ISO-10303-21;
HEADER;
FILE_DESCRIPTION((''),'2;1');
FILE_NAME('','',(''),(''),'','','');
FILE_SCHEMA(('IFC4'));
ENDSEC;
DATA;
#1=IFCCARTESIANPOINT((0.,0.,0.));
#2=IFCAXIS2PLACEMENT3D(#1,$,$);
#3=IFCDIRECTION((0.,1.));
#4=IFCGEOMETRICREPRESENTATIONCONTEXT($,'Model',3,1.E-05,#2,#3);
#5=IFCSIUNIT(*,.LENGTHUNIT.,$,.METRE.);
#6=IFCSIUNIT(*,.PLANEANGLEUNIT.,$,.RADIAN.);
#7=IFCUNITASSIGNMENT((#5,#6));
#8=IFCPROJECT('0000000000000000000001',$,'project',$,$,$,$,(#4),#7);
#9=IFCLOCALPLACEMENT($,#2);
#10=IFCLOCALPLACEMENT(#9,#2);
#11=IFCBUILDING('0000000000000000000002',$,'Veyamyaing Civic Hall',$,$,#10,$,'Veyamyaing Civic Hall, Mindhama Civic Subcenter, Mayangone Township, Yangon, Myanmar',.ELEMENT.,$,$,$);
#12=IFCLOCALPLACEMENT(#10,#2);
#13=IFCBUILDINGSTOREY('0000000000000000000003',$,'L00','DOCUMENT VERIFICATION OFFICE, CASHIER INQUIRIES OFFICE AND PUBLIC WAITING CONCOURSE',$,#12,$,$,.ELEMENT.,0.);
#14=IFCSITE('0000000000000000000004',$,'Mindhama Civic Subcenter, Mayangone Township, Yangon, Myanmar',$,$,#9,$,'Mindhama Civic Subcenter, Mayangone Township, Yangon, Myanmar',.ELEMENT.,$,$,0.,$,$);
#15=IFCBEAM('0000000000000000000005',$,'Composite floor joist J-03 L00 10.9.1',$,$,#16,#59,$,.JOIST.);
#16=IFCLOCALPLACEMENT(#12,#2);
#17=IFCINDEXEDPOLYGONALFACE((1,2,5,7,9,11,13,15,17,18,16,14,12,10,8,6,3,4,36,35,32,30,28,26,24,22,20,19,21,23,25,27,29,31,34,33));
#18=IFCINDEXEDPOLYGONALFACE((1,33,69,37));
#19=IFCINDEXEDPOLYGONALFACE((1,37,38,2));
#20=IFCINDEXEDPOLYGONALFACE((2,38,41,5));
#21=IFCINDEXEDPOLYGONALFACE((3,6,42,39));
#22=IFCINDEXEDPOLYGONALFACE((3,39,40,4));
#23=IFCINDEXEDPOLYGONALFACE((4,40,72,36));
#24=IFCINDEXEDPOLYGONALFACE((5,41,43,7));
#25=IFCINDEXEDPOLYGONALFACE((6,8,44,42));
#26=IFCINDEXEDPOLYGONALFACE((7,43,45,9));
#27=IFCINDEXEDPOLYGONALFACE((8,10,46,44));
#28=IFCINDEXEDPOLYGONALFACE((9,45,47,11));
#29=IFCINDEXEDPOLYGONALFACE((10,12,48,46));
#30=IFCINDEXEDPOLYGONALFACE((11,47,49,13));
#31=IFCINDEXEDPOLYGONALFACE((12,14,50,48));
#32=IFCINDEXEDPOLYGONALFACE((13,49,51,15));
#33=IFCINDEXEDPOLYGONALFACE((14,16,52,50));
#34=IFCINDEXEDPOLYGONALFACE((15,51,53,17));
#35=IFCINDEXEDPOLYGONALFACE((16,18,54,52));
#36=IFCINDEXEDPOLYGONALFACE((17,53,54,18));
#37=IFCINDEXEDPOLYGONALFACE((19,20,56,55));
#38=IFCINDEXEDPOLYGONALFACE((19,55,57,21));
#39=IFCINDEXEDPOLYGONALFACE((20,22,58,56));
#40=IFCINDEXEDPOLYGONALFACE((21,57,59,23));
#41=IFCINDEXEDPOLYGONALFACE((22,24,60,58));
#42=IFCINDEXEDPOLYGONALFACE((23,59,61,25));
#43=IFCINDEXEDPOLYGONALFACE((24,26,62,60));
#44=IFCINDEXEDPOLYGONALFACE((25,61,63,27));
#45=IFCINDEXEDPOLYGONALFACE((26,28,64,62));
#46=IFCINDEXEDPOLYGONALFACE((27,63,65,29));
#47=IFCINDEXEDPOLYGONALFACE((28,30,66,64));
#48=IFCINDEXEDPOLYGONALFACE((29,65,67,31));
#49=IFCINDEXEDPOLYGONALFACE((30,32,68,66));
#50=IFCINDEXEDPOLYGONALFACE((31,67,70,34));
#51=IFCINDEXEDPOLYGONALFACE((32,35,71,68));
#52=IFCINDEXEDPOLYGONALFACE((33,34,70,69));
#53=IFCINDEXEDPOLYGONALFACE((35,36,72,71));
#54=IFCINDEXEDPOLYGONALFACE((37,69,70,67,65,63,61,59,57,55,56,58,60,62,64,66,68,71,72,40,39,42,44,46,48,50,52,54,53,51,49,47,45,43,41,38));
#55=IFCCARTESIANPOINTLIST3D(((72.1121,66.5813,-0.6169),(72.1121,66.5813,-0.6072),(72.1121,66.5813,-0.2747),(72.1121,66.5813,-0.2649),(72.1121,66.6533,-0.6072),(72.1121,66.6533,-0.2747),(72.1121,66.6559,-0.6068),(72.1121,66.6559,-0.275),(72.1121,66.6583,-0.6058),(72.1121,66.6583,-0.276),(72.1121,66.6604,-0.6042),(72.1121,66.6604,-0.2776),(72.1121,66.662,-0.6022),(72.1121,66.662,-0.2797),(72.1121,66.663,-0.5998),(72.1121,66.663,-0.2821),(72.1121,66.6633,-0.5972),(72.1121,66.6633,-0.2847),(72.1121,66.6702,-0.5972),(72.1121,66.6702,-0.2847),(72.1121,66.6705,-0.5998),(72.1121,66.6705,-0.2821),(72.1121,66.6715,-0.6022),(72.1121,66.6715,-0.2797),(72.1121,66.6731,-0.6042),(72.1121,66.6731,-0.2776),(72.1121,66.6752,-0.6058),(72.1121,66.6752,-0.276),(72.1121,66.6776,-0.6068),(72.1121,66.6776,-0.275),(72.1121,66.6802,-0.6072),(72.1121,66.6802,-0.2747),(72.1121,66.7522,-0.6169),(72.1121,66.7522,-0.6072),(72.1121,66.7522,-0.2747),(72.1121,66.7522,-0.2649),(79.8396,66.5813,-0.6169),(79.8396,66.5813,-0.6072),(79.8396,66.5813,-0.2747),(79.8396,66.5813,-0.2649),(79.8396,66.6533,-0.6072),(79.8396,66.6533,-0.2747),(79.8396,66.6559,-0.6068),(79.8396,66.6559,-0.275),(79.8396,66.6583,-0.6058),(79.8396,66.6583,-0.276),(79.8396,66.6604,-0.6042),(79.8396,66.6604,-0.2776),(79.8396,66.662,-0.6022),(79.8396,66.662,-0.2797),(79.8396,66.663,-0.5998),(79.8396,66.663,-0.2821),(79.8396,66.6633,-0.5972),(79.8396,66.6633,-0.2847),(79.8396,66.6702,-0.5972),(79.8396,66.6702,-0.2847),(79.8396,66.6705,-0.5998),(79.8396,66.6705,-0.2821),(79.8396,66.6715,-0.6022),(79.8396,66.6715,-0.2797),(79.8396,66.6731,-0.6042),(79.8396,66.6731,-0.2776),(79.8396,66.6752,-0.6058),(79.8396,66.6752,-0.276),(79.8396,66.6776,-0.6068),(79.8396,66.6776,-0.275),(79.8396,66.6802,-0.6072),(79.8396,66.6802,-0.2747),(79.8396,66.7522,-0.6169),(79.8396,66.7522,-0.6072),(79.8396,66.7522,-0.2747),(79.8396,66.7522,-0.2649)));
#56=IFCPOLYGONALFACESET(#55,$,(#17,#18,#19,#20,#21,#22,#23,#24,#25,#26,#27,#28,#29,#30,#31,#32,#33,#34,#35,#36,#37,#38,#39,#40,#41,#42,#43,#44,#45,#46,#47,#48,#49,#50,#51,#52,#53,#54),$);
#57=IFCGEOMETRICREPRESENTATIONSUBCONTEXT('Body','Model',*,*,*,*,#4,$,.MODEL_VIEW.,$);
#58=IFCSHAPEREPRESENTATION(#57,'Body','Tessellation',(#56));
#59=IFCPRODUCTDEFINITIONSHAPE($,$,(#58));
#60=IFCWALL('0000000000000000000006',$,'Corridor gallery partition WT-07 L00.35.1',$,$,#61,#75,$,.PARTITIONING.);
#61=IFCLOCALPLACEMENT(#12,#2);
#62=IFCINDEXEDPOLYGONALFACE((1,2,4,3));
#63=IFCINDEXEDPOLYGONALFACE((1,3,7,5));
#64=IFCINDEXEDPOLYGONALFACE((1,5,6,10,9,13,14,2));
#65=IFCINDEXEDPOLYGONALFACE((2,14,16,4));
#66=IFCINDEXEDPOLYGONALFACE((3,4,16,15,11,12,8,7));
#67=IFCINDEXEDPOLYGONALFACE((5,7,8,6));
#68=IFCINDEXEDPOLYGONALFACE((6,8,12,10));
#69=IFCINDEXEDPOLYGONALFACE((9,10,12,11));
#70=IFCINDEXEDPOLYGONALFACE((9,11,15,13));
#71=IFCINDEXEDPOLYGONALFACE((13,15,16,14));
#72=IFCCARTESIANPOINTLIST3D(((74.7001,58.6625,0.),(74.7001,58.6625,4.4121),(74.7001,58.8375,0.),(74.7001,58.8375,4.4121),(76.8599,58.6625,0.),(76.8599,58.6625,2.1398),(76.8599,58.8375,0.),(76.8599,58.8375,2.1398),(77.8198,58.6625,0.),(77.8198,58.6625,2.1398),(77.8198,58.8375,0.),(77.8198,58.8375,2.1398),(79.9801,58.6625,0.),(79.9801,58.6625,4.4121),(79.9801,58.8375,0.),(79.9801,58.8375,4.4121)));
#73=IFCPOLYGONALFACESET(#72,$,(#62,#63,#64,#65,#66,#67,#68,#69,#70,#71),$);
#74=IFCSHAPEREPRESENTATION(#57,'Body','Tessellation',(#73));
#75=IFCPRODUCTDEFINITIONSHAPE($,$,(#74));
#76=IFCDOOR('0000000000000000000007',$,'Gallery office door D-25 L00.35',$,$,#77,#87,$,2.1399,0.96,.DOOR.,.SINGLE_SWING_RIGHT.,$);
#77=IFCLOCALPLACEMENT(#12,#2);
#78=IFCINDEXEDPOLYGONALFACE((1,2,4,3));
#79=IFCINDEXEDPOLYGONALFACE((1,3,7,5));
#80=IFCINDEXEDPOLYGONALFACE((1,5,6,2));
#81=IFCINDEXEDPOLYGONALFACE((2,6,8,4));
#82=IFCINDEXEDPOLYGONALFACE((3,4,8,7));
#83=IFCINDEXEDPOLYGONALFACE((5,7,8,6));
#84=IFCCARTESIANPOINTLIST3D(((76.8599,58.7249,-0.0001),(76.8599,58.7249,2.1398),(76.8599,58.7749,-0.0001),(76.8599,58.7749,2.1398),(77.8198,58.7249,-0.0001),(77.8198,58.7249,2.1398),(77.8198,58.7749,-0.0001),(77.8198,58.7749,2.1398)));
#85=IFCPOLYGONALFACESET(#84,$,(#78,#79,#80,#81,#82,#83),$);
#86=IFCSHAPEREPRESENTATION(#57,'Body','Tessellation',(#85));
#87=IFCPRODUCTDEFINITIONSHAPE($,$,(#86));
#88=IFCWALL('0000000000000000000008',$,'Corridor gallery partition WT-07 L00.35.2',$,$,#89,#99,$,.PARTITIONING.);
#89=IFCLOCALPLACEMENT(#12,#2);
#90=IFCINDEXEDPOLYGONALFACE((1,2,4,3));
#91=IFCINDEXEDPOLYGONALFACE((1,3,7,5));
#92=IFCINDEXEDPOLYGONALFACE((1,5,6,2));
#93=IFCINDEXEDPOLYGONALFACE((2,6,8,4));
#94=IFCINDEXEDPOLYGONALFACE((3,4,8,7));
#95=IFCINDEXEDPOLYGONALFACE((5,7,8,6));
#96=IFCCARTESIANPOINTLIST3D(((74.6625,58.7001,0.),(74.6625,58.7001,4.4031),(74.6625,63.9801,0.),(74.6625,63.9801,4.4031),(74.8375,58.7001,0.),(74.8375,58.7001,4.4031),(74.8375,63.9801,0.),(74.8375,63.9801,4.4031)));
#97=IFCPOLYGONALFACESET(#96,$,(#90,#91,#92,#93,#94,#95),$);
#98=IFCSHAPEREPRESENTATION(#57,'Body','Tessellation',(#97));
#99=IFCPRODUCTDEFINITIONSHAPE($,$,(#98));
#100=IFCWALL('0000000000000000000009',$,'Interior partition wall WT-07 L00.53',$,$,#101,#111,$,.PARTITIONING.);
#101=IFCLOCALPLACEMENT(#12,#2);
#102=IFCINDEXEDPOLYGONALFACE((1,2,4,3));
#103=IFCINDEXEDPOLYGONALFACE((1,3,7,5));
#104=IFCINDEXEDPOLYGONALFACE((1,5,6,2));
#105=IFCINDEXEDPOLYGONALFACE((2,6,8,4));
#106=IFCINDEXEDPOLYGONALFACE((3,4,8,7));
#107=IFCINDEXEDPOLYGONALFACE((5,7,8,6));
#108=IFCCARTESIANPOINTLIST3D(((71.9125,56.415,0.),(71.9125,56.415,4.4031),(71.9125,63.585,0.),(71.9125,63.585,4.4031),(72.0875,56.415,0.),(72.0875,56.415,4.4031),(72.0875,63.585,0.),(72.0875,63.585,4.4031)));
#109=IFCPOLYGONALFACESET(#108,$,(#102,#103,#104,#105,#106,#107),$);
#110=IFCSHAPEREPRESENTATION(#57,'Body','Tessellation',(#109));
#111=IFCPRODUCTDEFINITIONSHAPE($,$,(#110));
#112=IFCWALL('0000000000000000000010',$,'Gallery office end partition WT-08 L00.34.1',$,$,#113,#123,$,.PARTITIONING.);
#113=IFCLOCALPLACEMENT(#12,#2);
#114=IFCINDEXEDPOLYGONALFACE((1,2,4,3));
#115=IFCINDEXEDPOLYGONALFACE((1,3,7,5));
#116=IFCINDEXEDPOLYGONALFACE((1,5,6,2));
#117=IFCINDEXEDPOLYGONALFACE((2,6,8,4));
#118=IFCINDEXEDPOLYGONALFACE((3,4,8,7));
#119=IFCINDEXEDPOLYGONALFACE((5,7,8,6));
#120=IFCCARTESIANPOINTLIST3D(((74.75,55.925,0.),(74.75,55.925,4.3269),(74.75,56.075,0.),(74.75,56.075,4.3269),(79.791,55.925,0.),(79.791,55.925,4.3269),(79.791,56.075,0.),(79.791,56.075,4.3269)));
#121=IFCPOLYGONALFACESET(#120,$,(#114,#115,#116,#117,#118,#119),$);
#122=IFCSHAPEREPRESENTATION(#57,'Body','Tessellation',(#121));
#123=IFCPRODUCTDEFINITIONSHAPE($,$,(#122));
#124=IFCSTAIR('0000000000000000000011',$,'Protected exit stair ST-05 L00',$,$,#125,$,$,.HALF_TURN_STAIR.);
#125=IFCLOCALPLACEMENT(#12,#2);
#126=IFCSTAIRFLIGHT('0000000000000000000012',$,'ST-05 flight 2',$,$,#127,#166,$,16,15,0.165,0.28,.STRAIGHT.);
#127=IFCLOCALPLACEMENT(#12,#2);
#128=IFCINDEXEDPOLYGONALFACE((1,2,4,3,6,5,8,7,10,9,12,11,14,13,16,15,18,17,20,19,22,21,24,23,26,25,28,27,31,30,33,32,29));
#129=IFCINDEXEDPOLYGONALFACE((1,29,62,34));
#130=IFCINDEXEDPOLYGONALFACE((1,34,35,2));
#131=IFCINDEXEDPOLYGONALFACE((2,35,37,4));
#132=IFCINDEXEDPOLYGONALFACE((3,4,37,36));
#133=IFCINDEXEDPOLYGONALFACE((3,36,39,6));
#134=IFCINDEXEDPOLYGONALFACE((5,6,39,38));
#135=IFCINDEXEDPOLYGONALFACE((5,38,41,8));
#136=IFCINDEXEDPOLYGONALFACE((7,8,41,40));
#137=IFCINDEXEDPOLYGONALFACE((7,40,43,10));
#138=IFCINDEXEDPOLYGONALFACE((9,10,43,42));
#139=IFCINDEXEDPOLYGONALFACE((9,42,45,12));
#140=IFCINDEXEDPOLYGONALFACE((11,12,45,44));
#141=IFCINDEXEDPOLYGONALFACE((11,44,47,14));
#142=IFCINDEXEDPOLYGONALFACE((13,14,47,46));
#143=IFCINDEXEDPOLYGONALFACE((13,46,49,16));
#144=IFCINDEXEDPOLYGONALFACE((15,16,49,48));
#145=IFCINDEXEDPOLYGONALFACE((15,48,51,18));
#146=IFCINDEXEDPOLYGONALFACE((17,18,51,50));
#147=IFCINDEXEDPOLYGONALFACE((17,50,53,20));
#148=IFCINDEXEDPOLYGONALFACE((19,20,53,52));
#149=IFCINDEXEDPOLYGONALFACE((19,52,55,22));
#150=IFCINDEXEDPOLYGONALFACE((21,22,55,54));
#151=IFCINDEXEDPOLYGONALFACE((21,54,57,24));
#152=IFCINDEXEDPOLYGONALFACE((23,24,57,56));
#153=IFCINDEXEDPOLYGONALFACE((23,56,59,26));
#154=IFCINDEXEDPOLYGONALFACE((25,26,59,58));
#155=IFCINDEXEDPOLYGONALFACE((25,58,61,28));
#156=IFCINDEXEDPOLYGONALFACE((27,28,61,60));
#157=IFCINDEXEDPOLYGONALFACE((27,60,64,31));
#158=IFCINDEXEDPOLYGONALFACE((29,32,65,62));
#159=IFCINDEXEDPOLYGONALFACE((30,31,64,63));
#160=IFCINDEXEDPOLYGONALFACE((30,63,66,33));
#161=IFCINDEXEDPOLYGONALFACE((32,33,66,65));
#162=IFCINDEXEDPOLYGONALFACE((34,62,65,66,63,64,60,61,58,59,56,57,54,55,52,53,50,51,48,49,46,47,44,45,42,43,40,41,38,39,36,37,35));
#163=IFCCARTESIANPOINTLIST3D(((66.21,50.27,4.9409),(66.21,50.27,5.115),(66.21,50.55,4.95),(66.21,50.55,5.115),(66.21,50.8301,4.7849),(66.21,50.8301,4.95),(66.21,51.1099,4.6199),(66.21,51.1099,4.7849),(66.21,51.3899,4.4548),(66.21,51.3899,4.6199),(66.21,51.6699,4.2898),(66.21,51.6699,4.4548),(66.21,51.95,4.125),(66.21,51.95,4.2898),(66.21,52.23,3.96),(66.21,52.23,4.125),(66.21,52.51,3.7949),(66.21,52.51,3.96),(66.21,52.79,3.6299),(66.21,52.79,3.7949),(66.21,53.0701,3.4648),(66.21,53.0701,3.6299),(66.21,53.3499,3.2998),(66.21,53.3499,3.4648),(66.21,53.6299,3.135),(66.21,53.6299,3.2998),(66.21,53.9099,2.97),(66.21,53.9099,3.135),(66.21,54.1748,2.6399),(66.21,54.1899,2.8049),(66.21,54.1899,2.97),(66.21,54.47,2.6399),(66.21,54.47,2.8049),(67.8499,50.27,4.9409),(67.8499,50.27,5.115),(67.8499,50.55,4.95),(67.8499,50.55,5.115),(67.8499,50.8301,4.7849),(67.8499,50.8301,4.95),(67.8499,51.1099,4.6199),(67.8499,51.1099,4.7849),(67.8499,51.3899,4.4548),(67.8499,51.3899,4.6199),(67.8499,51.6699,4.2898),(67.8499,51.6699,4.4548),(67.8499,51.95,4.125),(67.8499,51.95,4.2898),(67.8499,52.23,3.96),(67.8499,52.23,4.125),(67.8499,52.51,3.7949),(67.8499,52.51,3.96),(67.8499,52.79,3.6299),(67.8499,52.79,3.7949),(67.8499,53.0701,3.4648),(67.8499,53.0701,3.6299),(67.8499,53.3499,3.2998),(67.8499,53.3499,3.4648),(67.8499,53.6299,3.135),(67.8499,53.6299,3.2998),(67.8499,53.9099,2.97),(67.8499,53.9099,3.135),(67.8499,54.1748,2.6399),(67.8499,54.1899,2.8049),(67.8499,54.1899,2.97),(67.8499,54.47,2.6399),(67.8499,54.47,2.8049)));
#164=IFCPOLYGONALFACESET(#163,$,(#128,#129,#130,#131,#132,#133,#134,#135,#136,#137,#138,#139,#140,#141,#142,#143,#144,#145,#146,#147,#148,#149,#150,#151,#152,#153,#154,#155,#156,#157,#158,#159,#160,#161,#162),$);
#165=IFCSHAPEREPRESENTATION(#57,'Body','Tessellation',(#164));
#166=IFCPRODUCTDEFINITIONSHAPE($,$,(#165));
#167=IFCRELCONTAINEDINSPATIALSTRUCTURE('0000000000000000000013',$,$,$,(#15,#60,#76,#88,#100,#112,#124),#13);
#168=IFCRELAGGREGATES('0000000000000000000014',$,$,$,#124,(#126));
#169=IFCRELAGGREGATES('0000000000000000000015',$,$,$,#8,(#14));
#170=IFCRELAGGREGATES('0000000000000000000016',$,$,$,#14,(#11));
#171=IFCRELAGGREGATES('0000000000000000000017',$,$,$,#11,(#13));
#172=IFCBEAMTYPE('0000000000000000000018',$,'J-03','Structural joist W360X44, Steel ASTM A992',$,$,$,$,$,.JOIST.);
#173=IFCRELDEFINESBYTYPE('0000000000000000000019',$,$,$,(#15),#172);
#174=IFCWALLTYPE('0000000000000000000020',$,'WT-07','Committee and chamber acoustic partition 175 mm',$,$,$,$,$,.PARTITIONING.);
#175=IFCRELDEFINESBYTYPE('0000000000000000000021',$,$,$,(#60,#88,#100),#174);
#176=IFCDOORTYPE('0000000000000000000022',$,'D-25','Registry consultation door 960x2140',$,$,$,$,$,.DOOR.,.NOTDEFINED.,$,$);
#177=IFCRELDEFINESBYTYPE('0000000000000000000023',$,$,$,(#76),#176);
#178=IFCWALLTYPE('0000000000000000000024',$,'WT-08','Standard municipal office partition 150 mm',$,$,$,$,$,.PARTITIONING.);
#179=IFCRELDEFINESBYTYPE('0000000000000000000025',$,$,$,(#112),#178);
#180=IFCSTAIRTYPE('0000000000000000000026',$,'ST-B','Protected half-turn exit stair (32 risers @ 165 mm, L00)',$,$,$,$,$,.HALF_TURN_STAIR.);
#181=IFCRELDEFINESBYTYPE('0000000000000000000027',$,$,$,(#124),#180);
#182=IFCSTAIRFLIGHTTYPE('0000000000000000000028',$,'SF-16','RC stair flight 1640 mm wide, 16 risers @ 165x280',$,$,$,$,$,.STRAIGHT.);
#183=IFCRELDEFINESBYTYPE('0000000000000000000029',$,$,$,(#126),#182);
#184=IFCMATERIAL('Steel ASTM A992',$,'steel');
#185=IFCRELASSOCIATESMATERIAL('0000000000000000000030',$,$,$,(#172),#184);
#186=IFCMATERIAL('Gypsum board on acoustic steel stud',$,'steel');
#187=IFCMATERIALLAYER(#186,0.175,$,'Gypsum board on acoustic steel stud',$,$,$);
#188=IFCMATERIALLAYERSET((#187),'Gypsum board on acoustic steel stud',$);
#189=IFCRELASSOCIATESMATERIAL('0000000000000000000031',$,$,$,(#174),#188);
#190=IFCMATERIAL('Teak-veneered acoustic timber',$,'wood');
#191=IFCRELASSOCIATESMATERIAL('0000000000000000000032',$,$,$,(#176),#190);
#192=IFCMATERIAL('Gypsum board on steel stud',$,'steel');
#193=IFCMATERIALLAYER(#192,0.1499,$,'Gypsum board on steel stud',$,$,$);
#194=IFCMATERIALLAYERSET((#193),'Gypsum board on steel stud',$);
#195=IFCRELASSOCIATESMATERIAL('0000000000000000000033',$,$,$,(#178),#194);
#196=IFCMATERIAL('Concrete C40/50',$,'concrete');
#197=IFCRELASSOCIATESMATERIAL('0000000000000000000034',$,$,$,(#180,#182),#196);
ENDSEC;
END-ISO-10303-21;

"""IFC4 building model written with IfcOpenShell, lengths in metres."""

from ifc_helpers import new_model, si_unit, direction, frame, frame_2d, origin, origin_2d, place, context, subcontext, project, spatial, polyline, rectangle, i_section, outline, extrude, material, layer, layer_set, material_profile, profile_set, type_object, element, fill, aggregate, save


model = new_model("IFC4")

# Units and contexts
model_context = context("Model", 3, precision=1e-05, world=origin(), true_north=direction((0.0, 1.0)))
body_context = subcontext(model_context, "Body", "Model", "MODEL_VIEW")
ifc_project = project(units=[si_unit("LENGTHUNIT", "METRE"), si_unit("PLANEANGLEUNIT", "RADIAN")], contexts=[model_context])

# Site, building, storey
site_placement = place(None, origin())
site = spatial("IfcSite", under=ifc_project, at=site_placement, Name="Mindhama Civic Subcenter, Mayangone Township, Yangon, Myanmar", LongName="Mindhama Civic Subcenter, Mayangone Township, Yangon, Myanmar", CompositionType="ELEMENT", RefElevation=0.0)
building_placement = place(site_placement, origin())
building = spatial("IfcBuilding", under=site, at=building_placement, Name="Veyamyaing Civic Hall", LongName="Veyamyaing Civic Hall, Mindhama Civic Subcenter, Mayangone Township, Yangon, Myanmar", CompositionType="ELEMENT")
storey_placement = place(building_placement, origin())
storey = spatial("IfcBuildingStorey", under=building, at=storey_placement, Name="L00", Description="DOCUMENT VERIFICATION OFFICE, CASHIER INQUIRIES OFFICE AND PUBLIC WAITING CONCOURSE", CompositionType="ELEMENT", Elevation=0.0)

# Beam
ifc_material_1 = material(Name="Steel ASTM A992", Category="steel")
ifc_material_profile_1 = material_profile(ifc_material_1, i_section(OverallWidth=0.1709, OverallDepth=0.3521, WebThickness=0.0068, FlangeThickness=0.0098, FilletRadius=0.01, at=origin_2d()), Name="W360X44")
ifc_profile_set_1 = profile_set([ifc_material_profile_1], Name="Steel ASTM A992")
beam_type_1 = type_object("IfcBeamType", Name="J-03", Description="Structural joist W360X44, Steel ASTM A992", PredefinedType="JOIST", material=ifc_profile_set_1)
beam_1_placement = place(storey_placement, frame((72.1121, 66.6667, -0.4409), z_axis=(1.0, 0.0, 0.0), x_axis=(0.0, 1.0, 0.0)))
element("IfcBeam", 1, at=beam_1_placement, inside=storey, type_object=beam_type_1, Name="Composite floor joist J-03 L00 10.9.1", PredefinedType="JOIST", context=body_context, shape_type="SweptSolid", body=[
    extrude(i_section(OverallWidth=0.1709, OverallDepth=0.3521, WebThickness=0.0068, FlangeThickness=0.0098, FilletRadius=0.01, at=origin_2d()), origin(), (0.0, 0.0, 1.0), 7.7275),
])

# Wall, opening, door
ifc_material_2 = material(Name="Gypsum board on acoustic steel stud", Category="steel")
ifc_layer_1 = layer(ifc_material_2, 0.175, Name="Gypsum board on acoustic steel stud")
ifc_layer_set_1 = layer_set([ifc_layer_1], Name="Gypsum board on acoustic steel stud")
wall_type_1 = type_object("IfcWallType", Name="WT-07", Description="Committee and chamber acoustic partition 175 mm", PredefinedType="PARTITIONING", material=ifc_layer_set_1)
wall_1_placement = place(storey_placement, frame((74.7, 58.75, 0.0), z_axis=(0.0, 0.0, 1.0), x_axis=(1.0, 0.0, 0.0)))
wall_1 = element("IfcWall", 2, at=wall_1_placement, inside=storey, type_object=wall_type_1, Name="Corridor gallery partition WT-07 L00.35.1", PredefinedType="PARTITIONING", context=body_context, shape_type="SweptSolid", body=[
    extrude(rectangle(XDim=5.28, YDim=0.175, at=frame_2d((2.6401, 0.0))), origin(), (0.0, 0.0, 1.0), 4.4121),
])
opening_placement = place(wall_1_placement, frame((2.1599, 0.0, 0.0)))
opening = element("IfcOpeningElement", 3, at=opening_placement, cuts=wall_1, PredefinedType="OPENING", context=body_context, shape_type="SweptSolid", body=[
    extrude(rectangle(XDim=0.96, YDim=2.1399, at=frame_2d((0.48, 1.0698))), frame((0.0, 0.0974, 0.0), z_axis=(0.0, -1.0, 0.0), x_axis=(1.0, 0.0, 0.0)), (0.0, 0.0, 1.0), 0.1951),
])
ifc_material_3 = material(Name="Teak-veneered acoustic timber", Category="wood")
door_type = type_object("IfcDoorType", Name="D-25", Description="Registry consultation door 960x2140", OperationType="NOTDEFINED", PredefinedType="DOOR", material=ifc_material_3)
door_placement = place(opening_placement, origin())
door = element("IfcDoor", 4, at=door_placement, inside=storey, type_object=door_type, Name="Gallery office door D-25 L00.35", OperationType="SINGLE_SWING_RIGHT", OverallHeight=2.1399, OverallWidth=0.96, PredefinedType="DOOR", context=body_context, shape_type="SweptSolid", body=[
    extrude(rectangle(XDim=0.96, YDim=2.1399, at=frame_2d((0.48, 1.0698))), frame((0.0, 0.0249, 0.0), z_axis=(0.0, -1.0, 0.0), x_axis=(1.0, 0.0, 0.0)), (0.0, 0.0, 1.0), 0.05),
])
fill(opening, door)

# Walls
wall_2_placement = place(storey_placement, frame((74.75, 58.7, 0.0), z_axis=(0.0, 0.0, 1.0), x_axis=(0.0, 1.0, 0.0)))
element("IfcWall", 5, at=wall_2_placement, inside=storey, type_object=wall_type_1, Name="Corridor gallery partition WT-07 L00.35.2", PredefinedType="PARTITIONING", context=body_context, shape_type="SweptSolid", body=[
    extrude(rectangle(XDim=5.28, YDim=0.175, at=frame_2d((2.6401, 0.0))), origin(), (0.0, 0.0, 1.0), 4.4031),
])
wall_3_placement = place(storey_placement, frame((72.0, 56.415, 0.0), z_axis=(0.0, 0.0, 1.0), x_axis=(0.0, 1.0, 0.0)))
element("IfcWall", 6, at=wall_3_placement, inside=storey, type_object=wall_type_1, Name="Interior partition wall WT-07 L00.53", PredefinedType="PARTITIONING", context=body_context, shape_type="SweptSolid", body=[
    extrude(rectangle(XDim=7.1699, YDim=0.175, at=frame_2d((3.585, 0.0))), origin(), (0.0, 0.0, 1.0), 4.4031),
])
ifc_material_4 = material(Name="Gypsum board on steel stud", Category="steel")
ifc_layer_2 = layer(ifc_material_4, 0.1499, Name="Gypsum board on steel stud")
ifc_layer_set_2 = layer_set([ifc_layer_2], Name="Gypsum board on steel stud")
wall_type_2 = type_object("IfcWallType", Name="WT-08", Description="Standard municipal office partition 150 mm", PredefinedType="PARTITIONING", material=ifc_layer_set_2)
wall_4_placement = place(storey_placement, frame((74.75, 56.0, 0.0), z_axis=(0.0, 0.0, 1.0), x_axis=(1.0, 0.0, 0.0)))
element("IfcWall", 7, at=wall_4_placement, inside=storey, type_object=wall_type_2, Name="Gallery office end partition WT-08 L00.34.1", PredefinedType="PARTITIONING", context=body_context, shape_type="SweptSolid", body=[
    extrude(rectangle(XDim=5.041, YDim=0.1499, at=frame_2d((2.5205, 0.0))), origin(), (0.0, 0.0, 1.0), 4.3269),
])

# Stair, stair flight
ifc_material_5 = material(Name="Concrete C40/50", Category="concrete")
stair_type = type_object("IfcStairType", Name="ST-B", Description="Protected half-turn exit stair (32 risers @ 165 mm, L00)", PredefinedType="HALF_TURN_STAIR", material=ifc_material_5)
stair_placement = place(storey_placement, origin())
stair = element("IfcStair", 8, at=stair_placement, inside=storey, type_object=stair_type, Name="Protected exit stair ST-05 L00", PredefinedType="HALF_TURN_STAIR")
stair_flight_type = type_object("IfcStairFlightType", Name="SF-16", Description="RC stair flight 1640 mm wide, 16 risers @ 165x280", PredefinedType="STRAIGHT", material=ifc_material_5)
stair_flight_placement = place(storey_placement, frame((67.03, 54.47, 2.6399), z_axis=(0.0, 0.0, 1.0), x_axis=(0.0, -1.0, 0.0)))
stair_flight = element("IfcStairFlight", 9, at=stair_flight_placement, type_object=stair_flight_type, Name="ST-05 flight 2", NumberOfRisers=16, NumberOfTreads=15, PredefinedType="STRAIGHT", RiserHeight=0.165, TreadLength=0.28, context=body_context, shape_type="SweptSolid", body=[
    extrude(outline(polyline([(0.0, 0.0), (0.0, 0.165), (0.28, 0.165), (0.28, 0.3301), (0.5601, 0.3301), (0.5601, 0.4951), (0.8401, 0.4951), (0.8401, 0.6599), (1.1201, 0.6599), (1.1201, 0.825), (1.3999, 0.825), (1.3999, 0.99), (1.6799, 0.99), (1.6799, 1.155), (1.96, 1.155), (1.96, 1.3201), (2.24, 1.3201), (2.24, 1.4851), (2.52, 1.4851), (2.52, 1.6499), (2.8, 1.6499), (2.8, 1.8149), (3.0801, 1.8149), (3.0801, 1.98), (3.3601, 1.98), (3.3601, 2.145), (3.6399, 2.145), (3.6399, 2.3101), (3.9199, 2.3101), (3.9199, 2.4751), (4.2, 2.4751), (4.2, 2.6399), (4.2, 2.301), (0.2952, 0.0), (0.0, 0.0)])), frame((0.0, 0.8198, 0.0), z_axis=(0.0, -1.0, 0.0), x_axis=(1.0, 0.0, 0.0)), (0.0, 0.0, 1.0), 1.6399),
])
aggregate(stair, [stair_flight])

save(model, "model.ifc")
